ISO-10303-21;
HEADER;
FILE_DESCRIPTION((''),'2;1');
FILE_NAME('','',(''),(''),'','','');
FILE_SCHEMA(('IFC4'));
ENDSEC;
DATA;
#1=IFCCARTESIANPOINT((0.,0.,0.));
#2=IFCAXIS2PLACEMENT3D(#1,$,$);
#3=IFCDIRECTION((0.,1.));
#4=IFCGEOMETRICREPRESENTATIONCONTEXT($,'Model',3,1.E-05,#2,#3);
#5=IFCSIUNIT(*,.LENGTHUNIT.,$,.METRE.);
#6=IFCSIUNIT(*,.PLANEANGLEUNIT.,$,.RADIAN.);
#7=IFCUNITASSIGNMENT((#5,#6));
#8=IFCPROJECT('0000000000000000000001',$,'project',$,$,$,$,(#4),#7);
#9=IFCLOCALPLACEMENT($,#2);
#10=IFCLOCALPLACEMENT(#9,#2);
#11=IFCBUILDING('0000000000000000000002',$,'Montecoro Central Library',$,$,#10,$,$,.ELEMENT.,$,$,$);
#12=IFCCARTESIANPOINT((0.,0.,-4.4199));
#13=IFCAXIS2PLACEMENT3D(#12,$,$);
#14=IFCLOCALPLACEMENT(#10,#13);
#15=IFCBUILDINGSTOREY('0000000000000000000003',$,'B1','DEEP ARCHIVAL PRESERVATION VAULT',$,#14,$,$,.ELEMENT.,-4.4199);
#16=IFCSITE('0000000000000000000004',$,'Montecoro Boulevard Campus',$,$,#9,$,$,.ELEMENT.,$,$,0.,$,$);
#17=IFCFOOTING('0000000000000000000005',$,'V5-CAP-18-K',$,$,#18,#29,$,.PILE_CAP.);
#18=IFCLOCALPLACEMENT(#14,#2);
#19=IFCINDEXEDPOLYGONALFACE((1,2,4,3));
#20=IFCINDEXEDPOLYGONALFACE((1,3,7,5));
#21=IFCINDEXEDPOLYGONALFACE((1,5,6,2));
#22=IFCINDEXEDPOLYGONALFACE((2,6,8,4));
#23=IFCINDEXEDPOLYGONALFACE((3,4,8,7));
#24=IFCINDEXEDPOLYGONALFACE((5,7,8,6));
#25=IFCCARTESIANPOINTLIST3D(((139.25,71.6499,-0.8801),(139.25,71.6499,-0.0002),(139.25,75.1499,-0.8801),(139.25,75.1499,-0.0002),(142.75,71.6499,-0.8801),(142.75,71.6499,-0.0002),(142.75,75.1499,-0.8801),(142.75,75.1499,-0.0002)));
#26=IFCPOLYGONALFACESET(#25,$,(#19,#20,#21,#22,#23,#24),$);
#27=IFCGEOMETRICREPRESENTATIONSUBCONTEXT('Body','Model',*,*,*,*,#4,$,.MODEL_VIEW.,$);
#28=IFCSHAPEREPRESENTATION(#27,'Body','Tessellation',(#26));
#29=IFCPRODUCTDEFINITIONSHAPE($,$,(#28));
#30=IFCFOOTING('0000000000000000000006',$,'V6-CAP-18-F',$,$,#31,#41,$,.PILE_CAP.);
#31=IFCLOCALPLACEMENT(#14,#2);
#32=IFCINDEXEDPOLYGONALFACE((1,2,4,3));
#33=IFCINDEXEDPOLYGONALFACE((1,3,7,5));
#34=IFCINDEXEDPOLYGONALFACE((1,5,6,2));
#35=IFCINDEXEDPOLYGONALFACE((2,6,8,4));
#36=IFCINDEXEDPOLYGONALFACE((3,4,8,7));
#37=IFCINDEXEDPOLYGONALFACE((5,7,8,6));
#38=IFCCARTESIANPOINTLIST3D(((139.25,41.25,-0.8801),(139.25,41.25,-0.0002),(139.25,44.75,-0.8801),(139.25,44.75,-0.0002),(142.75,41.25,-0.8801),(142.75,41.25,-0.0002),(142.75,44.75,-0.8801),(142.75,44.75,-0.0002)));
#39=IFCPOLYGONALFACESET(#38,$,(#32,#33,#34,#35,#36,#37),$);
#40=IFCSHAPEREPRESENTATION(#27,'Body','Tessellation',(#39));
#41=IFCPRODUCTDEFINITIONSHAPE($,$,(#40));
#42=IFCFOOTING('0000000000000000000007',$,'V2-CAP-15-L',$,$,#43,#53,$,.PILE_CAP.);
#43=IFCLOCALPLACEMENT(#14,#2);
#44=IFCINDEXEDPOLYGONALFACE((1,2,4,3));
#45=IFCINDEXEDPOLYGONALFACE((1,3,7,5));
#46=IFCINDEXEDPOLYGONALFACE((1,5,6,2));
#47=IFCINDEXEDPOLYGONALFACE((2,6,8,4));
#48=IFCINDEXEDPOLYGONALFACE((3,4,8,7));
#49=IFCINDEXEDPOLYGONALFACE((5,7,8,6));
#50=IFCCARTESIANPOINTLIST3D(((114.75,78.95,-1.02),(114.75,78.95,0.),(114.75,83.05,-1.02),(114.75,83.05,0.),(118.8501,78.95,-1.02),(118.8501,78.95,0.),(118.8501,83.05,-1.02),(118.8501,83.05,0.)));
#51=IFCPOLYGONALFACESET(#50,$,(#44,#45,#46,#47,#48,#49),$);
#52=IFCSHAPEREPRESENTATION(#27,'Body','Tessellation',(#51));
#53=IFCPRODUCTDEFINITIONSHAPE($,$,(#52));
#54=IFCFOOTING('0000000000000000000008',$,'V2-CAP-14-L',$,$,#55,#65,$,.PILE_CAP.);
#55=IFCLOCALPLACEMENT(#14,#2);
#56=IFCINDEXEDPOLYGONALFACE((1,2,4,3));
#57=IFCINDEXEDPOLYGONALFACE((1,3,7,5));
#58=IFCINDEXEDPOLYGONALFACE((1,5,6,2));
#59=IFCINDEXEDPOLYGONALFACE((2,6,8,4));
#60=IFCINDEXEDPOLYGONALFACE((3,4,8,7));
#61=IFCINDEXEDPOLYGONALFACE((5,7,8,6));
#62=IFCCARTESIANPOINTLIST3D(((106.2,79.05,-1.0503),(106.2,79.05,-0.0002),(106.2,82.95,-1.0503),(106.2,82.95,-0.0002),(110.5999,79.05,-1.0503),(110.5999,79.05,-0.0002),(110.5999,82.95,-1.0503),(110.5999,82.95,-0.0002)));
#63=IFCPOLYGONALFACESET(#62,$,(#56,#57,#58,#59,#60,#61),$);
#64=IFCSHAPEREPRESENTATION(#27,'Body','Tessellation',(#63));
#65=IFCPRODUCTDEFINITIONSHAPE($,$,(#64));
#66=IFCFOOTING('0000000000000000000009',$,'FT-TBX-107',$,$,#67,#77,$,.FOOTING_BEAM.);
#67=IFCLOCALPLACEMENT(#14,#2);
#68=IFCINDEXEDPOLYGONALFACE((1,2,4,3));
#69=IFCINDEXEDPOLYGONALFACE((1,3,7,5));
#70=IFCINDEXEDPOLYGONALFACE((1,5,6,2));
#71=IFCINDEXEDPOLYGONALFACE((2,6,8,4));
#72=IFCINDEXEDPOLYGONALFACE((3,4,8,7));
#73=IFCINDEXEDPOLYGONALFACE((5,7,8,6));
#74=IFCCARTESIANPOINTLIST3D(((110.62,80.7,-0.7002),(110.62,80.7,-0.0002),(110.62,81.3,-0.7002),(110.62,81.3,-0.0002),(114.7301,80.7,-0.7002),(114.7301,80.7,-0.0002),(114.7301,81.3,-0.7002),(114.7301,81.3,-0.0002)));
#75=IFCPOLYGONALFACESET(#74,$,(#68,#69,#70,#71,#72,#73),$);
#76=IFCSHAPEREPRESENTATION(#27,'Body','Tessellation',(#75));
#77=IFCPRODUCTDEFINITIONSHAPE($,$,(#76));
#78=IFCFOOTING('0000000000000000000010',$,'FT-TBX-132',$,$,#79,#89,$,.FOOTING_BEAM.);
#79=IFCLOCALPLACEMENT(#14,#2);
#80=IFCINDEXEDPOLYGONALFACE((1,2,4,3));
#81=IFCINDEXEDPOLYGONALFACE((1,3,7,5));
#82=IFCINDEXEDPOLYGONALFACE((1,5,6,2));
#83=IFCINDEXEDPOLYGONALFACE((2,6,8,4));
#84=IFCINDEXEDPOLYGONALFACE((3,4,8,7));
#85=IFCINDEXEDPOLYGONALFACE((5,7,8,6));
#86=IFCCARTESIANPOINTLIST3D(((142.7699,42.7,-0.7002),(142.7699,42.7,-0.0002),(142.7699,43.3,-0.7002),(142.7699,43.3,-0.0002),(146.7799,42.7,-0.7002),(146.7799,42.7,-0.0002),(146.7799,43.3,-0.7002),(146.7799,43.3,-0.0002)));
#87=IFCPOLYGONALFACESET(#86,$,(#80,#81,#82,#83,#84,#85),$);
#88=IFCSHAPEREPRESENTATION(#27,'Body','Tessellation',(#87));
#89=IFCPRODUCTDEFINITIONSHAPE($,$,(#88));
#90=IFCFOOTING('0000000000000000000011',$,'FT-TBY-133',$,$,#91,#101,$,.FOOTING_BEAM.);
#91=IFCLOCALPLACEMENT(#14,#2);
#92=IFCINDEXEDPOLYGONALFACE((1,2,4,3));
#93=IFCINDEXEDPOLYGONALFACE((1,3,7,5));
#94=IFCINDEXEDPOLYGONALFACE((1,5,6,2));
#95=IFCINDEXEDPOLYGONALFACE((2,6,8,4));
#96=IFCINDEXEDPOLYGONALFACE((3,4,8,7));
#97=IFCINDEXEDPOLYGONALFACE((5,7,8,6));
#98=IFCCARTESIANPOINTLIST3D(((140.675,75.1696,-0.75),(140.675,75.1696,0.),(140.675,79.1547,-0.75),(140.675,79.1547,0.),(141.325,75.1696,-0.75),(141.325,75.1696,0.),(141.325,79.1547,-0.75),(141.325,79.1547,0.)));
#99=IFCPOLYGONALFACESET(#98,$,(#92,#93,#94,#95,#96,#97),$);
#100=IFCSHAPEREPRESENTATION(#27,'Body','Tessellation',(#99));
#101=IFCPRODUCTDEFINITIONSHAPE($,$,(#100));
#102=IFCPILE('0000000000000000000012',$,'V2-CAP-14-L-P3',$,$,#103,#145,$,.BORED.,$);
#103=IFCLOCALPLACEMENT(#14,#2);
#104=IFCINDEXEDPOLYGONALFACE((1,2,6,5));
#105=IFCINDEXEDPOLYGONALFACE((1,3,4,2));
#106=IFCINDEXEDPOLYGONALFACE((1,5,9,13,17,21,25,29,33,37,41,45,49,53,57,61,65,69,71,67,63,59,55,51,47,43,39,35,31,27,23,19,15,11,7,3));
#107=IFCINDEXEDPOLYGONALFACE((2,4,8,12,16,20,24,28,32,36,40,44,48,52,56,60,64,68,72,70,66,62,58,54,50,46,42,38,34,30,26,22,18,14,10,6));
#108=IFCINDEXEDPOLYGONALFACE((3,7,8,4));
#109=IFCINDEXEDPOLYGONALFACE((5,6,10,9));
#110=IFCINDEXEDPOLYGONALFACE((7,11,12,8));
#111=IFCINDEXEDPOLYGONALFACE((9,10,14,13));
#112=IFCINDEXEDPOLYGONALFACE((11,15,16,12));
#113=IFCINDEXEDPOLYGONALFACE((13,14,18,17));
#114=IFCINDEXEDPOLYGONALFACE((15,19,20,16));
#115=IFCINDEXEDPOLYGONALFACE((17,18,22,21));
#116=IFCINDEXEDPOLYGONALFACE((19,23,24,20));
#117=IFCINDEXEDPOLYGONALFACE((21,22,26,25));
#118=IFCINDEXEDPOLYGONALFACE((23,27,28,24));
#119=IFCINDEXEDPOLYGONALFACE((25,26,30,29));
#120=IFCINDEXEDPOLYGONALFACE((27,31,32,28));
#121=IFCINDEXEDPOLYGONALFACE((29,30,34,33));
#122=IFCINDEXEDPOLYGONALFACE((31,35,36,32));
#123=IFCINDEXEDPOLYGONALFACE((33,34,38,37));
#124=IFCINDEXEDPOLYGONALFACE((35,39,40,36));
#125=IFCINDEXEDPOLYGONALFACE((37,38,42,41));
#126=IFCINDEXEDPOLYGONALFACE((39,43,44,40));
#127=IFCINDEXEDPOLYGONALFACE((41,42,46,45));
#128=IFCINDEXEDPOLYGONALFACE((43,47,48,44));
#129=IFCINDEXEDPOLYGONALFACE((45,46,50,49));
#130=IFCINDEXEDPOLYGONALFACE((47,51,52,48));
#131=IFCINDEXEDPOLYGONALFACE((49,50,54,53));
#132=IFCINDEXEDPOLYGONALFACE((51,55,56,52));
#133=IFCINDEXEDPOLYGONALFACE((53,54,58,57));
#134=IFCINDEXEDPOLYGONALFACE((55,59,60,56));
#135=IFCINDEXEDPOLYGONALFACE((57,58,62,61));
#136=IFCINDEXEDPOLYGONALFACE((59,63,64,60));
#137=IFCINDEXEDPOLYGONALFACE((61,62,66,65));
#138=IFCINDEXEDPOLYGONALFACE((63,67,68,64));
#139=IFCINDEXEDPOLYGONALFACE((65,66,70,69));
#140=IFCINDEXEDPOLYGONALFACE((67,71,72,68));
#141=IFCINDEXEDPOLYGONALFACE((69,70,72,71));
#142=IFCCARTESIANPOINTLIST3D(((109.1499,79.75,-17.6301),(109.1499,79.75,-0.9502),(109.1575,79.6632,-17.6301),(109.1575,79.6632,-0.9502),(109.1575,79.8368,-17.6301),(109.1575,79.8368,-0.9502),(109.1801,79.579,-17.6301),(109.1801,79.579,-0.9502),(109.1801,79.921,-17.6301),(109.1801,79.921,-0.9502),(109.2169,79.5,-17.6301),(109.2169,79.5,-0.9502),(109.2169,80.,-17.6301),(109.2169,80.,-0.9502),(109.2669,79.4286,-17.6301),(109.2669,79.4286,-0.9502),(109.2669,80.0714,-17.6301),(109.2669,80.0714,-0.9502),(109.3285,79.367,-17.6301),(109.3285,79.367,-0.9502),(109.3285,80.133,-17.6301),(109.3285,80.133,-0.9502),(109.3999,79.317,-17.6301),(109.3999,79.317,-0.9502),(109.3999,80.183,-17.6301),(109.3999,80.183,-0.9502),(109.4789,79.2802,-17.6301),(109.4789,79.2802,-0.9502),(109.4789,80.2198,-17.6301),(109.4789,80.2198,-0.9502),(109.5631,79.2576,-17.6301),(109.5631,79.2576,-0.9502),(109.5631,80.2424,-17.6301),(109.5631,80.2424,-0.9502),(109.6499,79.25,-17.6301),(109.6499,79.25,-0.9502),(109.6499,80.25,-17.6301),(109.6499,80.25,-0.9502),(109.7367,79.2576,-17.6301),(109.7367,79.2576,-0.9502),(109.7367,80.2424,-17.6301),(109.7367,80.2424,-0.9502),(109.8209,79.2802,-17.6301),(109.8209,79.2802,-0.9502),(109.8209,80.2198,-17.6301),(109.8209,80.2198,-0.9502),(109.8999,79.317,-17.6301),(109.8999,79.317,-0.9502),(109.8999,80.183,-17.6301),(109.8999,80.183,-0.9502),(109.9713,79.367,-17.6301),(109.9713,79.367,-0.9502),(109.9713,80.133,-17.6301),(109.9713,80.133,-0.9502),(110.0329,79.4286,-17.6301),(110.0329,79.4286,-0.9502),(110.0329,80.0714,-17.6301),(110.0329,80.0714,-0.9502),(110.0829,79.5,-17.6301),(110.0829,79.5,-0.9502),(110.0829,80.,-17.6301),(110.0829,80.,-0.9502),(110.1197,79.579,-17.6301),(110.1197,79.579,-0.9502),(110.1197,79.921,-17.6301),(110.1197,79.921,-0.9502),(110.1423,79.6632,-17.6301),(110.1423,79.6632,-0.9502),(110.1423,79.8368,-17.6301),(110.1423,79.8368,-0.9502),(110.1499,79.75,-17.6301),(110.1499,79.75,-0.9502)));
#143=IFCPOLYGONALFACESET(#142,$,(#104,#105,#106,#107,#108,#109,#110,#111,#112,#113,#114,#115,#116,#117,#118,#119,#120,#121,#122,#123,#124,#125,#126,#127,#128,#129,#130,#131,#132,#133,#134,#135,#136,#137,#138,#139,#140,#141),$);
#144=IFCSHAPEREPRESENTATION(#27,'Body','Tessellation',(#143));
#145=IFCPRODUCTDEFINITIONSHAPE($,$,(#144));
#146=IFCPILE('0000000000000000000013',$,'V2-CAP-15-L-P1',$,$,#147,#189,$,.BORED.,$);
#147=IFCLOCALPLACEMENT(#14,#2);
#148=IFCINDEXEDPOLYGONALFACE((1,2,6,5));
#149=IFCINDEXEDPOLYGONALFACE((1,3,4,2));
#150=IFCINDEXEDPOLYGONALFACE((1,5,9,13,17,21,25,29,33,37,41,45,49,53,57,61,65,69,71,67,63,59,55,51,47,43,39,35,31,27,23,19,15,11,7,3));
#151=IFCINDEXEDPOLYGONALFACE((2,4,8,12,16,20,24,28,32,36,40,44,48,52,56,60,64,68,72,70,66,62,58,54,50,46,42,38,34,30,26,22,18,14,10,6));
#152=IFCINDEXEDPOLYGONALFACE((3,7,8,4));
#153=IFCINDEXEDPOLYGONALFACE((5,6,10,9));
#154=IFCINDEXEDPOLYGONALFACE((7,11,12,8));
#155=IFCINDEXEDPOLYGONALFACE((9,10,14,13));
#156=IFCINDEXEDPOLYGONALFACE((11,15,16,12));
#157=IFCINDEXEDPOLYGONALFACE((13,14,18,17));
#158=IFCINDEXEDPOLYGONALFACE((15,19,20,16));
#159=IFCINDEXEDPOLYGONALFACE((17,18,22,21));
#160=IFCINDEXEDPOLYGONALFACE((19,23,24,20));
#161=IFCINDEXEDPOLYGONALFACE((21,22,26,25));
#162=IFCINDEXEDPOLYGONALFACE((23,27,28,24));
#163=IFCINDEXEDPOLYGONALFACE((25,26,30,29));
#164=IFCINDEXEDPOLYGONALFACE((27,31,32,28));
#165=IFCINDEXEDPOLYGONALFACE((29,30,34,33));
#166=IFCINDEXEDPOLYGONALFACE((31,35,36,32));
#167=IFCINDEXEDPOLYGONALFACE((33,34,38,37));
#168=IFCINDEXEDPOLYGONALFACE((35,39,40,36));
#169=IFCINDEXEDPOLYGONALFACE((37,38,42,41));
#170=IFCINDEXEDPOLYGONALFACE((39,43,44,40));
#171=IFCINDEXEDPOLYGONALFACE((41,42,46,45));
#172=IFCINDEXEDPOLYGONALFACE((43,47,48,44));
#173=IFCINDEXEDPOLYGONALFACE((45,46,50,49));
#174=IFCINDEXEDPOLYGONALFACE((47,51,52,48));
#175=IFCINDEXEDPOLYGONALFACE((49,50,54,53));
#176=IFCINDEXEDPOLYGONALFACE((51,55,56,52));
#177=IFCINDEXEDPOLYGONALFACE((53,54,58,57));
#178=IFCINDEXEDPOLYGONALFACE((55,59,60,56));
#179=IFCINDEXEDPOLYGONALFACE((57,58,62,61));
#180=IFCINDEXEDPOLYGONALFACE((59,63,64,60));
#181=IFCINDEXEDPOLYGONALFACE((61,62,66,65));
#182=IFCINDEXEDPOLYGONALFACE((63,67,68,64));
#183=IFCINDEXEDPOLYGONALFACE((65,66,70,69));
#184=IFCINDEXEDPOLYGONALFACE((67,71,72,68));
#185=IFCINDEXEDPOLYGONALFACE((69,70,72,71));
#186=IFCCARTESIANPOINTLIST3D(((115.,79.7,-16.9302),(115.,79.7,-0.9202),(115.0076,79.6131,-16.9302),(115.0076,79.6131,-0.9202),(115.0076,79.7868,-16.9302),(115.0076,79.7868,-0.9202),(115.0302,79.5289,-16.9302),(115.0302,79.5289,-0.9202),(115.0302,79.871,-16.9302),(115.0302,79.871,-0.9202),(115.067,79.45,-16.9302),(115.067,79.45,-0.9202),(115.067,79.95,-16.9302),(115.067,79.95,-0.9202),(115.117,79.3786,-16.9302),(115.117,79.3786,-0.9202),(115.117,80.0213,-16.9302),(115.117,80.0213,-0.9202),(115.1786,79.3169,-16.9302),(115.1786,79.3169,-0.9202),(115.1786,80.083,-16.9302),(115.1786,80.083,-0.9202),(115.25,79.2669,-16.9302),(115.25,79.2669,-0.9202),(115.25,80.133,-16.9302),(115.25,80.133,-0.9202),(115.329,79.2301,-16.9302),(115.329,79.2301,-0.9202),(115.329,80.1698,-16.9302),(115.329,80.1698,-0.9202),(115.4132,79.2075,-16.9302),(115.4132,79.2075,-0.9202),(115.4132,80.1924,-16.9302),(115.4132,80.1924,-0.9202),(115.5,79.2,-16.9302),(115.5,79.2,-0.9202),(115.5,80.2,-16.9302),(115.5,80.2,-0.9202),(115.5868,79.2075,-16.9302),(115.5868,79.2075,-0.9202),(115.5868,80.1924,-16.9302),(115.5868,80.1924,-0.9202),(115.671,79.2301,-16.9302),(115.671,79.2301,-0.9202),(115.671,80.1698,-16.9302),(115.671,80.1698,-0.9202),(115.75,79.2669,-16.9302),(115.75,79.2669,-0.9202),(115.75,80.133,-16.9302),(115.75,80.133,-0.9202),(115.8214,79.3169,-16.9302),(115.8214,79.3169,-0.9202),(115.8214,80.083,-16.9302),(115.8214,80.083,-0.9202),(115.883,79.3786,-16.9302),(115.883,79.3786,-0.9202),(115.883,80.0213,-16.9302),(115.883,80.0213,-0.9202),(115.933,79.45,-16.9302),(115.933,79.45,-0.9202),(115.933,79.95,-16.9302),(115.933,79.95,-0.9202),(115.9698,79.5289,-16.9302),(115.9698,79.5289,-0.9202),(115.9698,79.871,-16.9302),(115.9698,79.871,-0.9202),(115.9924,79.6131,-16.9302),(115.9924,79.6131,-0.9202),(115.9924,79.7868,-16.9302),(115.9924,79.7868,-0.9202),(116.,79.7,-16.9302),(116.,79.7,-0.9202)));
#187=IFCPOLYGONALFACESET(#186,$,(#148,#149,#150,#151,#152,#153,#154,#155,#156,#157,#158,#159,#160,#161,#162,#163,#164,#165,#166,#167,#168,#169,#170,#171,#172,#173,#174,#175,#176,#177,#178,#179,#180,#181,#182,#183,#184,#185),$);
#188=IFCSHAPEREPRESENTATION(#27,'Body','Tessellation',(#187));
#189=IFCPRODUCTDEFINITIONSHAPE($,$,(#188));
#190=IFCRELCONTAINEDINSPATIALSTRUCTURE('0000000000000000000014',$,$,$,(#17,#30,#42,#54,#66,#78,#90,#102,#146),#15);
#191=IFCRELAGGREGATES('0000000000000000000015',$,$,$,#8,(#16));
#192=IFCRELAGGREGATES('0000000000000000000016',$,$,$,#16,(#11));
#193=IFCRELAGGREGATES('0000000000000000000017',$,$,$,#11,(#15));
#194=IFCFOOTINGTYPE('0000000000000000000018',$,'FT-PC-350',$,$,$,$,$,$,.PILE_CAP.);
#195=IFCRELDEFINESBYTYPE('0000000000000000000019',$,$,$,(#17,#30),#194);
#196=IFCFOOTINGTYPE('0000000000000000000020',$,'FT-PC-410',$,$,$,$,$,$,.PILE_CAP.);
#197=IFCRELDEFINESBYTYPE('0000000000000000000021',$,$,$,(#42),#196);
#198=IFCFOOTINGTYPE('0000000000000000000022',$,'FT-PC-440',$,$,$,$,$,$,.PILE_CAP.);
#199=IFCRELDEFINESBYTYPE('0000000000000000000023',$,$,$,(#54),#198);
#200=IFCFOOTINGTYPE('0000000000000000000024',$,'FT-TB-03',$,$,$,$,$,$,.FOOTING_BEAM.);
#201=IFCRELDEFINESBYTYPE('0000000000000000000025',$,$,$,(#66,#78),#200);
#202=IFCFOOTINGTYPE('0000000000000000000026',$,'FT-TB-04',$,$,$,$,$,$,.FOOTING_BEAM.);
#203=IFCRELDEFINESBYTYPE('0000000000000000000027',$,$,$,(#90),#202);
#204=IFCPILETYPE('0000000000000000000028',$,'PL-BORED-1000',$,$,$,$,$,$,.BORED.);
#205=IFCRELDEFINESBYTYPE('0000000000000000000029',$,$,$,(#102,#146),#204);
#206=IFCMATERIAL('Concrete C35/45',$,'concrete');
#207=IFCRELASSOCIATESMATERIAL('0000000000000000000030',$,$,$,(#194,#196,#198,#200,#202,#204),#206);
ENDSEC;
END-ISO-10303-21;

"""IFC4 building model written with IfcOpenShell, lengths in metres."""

from ifc_helpers import new_model, si_unit, direction, frame, origin, origin_2d, place, context, subcontext, project, spatial, rectangle, circle, extrude, material, material_profile, profile_set, type_object, element, save


model = new_model("IFC4")

# Units and contexts
model_context = context("Model", 3, precision=1e-05, world=origin(), true_north=direction((0.0, 1.0)))
body_context = subcontext(model_context, "Body", "Model", "MODEL_VIEW")
ifc_project = project(units=[si_unit("LENGTHUNIT", "METRE"), si_unit("PLANEANGLEUNIT", "RADIAN")], contexts=[model_context])

# Site, building, storey
site_placement = place(None, origin())
site = spatial("IfcSite", under=ifc_project, at=site_placement, Name="Montecoro Boulevard Campus", CompositionType="ELEMENT", RefElevation=0.0)
building_placement = place(site_placement, origin())
building = spatial("IfcBuilding", under=site, at=building_placement, Name="Montecoro Central Library", CompositionType="ELEMENT")
storey_placement = place(building_placement, frame((0.0, 0.0, -4.4199)))
storey = spatial("IfcBuildingStorey", under=building, at=storey_placement, Name="B1", Description="DEEP ARCHIVAL PRESERVATION VAULT", CompositionType="ELEMENT", Elevation=-4.4199)

# Footings
ifc_material_1 = material(Name="Concrete C35/45", Category="concrete")
footing_type_1 = type_object("IfcFootingType", Name="FT-PC-350", PredefinedType="PILE_CAP", material=ifc_material_1)
for number, where, z_axis, x_axis, name in (
    (1, (141.0, 73.3999, -0.8801), (0.0, 0.0, 1.0), (1.0, 0.0, 0.0), "V5-CAP-18-K"),
    (2, (141.0, 43.0, -0.8801), (0.0, 0.0, 1.0), (1.0, 0.0, 0.0), "V6-CAP-18-F"),
):
    element("IfcFooting", number, at=place(storey_placement, frame(where, z_axis=z_axis, x_axis=x_axis)), inside=storey, type_object=footing_type_1, Name=name, PredefinedType="PILE_CAP", context=body_context, shape_type="SweptSolid", body=[
        extrude(rectangle(XDim=3.5, YDim=3.5, at=origin_2d()), origin(), (0.0, 0.0, 1.0), 0.8799),
    ])
footing_type_2 = type_object("IfcFootingType", Name="FT-PC-410", PredefinedType="PILE_CAP", material=ifc_material_1)
footing_1_placement = place(storey_placement, frame((116.8, 81.0, -1.02), z_axis=(0.0, 0.0, 1.0), x_axis=(1.0, 0.0, 0.0)))
element("IfcFooting", 3, at=footing_1_placement, inside=storey, type_object=footing_type_2, Name="V2-CAP-15-L", PredefinedType="PILE_CAP", context=body_context, shape_type="SweptSolid", body=[
    extrude(rectangle(XDim=4.1001, YDim=4.1001, at=origin_2d()), origin(), (0.0, 0.0, 1.0), 1.02),
])
footing_type_3 = type_object("IfcFootingType", Name="FT-PC-440", PredefinedType="PILE_CAP", material=ifc_material_1)
footing_2_placement = place(storey_placement, frame((108.3999, 81.0, -1.0503), z_axis=(0.0, 0.0, 1.0), x_axis=(1.0, 0.0, 0.0)))
element("IfcFooting", 4, at=footing_2_placement, inside=storey, type_object=footing_type_3, Name="V2-CAP-14-L", PredefinedType="PILE_CAP", context=body_context, shape_type="SweptSolid", body=[
    extrude(rectangle(XDim=4.3999, YDim=3.8999, at=origin_2d()), origin(), (0.0, 0.0, 1.0), 1.05),
])
footing_type_4 = type_object("IfcFootingType", Name="FT-TB-03", PredefinedType="FOOTING_BEAM", material=ifc_material_1)
footing_3_placement = place(storey_placement, frame((112.675, 81.0, -0.7002), z_axis=(0.0, 0.0, 1.0), x_axis=(1.0, 0.0, 0.0)))
element("IfcFooting", 5, at=footing_3_placement, inside=storey, type_object=footing_type_4, Name="FT-TBX-107", PredefinedType="FOOTING_BEAM", context=body_context, shape_type="SweptSolid", body=[
    extrude(rectangle(XDim=4.1101, YDim=0.6001, at=origin_2d()), origin(), (0.0, 0.0, 1.0), 0.7),
])
footing_4_placement = place(storey_placement, frame((144.7749, 43.0, -0.7002), z_axis=(0.0, 0.0, 1.0), x_axis=(1.0, 0.0, 0.0)))
element("IfcFooting", 6, at=footing_4_placement, inside=storey, type_object=footing_type_4, Name="FT-TBX-132", PredefinedType="FOOTING_BEAM", context=body_context, shape_type="SweptSolid", body=[
    extrude(rectangle(XDim=4.01, YDim=0.6001, at=origin_2d()), origin(), (0.0, 0.0, 1.0), 0.7),
])
footing_type_5 = type_object("IfcFootingType", Name="FT-TB-04", PredefinedType="FOOTING_BEAM", material=ifc_material_1)
footing_5_placement = place(storey_placement, frame((141.0, 77.1621, -0.75), z_axis=(0.0, 0.0, 1.0), x_axis=(1.0, 0.0, 0.0)))
element("IfcFooting", 7, at=footing_5_placement, inside=storey, type_object=footing_type_5, Name="FT-TBY-133", PredefinedType="FOOTING_BEAM", context=body_context, shape_type="SweptSolid", body=[
    extrude(rectangle(XDim=0.6499, YDim=3.9851, at=origin_2d()), origin(), (0.0, 0.0, 1.0), 0.75),
])

# Piles
ifc_material_profile_1 = material_profile(ifc_material_1, circle(Radius=0.5, at=origin_2d()), Name="PILE D1000")
ifc_profile_set_1 = profile_set([ifc_material_profile_1], Name="Concrete C35/45")
pile_type_1 = type_object("IfcPileType", Name="PL-BORED-1000", PredefinedType="BORED", material=ifc_profile_set_1)
pile_placement = place(storey_placement, frame((109.6499, 79.75, -0.9502), z_axis=(0.0, 0.0, -1.0), x_axis=(1.0, 0.0, 0.0)))
element("IfcPile", 8, at=pile_placement, inside=storey, type_object=pile_type_1, Name="V2-CAP-14-L-P3", PredefinedType="BORED", context=body_context, shape_type="SweptSolid", body=[
    extrude(circle(Radius=0.5, at=origin_2d()), origin(), (0.0, 0.0, 1.0), 16.6799),
])
for number, where, z_axis, x_axis, name in (
    (9, (115.5, 79.7, -0.9202), (0.0, 0.0, -1.0), (1.0, 0.0, 0.0), "V2-CAP-15-L-P1"),
):
    element("IfcPile", number, at=place(storey_placement, frame(where, z_axis=z_axis, x_axis=x_axis)), inside=storey, type_object=pile_type_1, Name=name, PredefinedType="BORED", context=body_context, shape_type="SweptSolid", body=[
        extrude(circle(Radius=0.5, at=origin_2d()), origin(), (0.0, 0.0, 1.0), 16.01),
    ])

save(model, "model.ifc")
